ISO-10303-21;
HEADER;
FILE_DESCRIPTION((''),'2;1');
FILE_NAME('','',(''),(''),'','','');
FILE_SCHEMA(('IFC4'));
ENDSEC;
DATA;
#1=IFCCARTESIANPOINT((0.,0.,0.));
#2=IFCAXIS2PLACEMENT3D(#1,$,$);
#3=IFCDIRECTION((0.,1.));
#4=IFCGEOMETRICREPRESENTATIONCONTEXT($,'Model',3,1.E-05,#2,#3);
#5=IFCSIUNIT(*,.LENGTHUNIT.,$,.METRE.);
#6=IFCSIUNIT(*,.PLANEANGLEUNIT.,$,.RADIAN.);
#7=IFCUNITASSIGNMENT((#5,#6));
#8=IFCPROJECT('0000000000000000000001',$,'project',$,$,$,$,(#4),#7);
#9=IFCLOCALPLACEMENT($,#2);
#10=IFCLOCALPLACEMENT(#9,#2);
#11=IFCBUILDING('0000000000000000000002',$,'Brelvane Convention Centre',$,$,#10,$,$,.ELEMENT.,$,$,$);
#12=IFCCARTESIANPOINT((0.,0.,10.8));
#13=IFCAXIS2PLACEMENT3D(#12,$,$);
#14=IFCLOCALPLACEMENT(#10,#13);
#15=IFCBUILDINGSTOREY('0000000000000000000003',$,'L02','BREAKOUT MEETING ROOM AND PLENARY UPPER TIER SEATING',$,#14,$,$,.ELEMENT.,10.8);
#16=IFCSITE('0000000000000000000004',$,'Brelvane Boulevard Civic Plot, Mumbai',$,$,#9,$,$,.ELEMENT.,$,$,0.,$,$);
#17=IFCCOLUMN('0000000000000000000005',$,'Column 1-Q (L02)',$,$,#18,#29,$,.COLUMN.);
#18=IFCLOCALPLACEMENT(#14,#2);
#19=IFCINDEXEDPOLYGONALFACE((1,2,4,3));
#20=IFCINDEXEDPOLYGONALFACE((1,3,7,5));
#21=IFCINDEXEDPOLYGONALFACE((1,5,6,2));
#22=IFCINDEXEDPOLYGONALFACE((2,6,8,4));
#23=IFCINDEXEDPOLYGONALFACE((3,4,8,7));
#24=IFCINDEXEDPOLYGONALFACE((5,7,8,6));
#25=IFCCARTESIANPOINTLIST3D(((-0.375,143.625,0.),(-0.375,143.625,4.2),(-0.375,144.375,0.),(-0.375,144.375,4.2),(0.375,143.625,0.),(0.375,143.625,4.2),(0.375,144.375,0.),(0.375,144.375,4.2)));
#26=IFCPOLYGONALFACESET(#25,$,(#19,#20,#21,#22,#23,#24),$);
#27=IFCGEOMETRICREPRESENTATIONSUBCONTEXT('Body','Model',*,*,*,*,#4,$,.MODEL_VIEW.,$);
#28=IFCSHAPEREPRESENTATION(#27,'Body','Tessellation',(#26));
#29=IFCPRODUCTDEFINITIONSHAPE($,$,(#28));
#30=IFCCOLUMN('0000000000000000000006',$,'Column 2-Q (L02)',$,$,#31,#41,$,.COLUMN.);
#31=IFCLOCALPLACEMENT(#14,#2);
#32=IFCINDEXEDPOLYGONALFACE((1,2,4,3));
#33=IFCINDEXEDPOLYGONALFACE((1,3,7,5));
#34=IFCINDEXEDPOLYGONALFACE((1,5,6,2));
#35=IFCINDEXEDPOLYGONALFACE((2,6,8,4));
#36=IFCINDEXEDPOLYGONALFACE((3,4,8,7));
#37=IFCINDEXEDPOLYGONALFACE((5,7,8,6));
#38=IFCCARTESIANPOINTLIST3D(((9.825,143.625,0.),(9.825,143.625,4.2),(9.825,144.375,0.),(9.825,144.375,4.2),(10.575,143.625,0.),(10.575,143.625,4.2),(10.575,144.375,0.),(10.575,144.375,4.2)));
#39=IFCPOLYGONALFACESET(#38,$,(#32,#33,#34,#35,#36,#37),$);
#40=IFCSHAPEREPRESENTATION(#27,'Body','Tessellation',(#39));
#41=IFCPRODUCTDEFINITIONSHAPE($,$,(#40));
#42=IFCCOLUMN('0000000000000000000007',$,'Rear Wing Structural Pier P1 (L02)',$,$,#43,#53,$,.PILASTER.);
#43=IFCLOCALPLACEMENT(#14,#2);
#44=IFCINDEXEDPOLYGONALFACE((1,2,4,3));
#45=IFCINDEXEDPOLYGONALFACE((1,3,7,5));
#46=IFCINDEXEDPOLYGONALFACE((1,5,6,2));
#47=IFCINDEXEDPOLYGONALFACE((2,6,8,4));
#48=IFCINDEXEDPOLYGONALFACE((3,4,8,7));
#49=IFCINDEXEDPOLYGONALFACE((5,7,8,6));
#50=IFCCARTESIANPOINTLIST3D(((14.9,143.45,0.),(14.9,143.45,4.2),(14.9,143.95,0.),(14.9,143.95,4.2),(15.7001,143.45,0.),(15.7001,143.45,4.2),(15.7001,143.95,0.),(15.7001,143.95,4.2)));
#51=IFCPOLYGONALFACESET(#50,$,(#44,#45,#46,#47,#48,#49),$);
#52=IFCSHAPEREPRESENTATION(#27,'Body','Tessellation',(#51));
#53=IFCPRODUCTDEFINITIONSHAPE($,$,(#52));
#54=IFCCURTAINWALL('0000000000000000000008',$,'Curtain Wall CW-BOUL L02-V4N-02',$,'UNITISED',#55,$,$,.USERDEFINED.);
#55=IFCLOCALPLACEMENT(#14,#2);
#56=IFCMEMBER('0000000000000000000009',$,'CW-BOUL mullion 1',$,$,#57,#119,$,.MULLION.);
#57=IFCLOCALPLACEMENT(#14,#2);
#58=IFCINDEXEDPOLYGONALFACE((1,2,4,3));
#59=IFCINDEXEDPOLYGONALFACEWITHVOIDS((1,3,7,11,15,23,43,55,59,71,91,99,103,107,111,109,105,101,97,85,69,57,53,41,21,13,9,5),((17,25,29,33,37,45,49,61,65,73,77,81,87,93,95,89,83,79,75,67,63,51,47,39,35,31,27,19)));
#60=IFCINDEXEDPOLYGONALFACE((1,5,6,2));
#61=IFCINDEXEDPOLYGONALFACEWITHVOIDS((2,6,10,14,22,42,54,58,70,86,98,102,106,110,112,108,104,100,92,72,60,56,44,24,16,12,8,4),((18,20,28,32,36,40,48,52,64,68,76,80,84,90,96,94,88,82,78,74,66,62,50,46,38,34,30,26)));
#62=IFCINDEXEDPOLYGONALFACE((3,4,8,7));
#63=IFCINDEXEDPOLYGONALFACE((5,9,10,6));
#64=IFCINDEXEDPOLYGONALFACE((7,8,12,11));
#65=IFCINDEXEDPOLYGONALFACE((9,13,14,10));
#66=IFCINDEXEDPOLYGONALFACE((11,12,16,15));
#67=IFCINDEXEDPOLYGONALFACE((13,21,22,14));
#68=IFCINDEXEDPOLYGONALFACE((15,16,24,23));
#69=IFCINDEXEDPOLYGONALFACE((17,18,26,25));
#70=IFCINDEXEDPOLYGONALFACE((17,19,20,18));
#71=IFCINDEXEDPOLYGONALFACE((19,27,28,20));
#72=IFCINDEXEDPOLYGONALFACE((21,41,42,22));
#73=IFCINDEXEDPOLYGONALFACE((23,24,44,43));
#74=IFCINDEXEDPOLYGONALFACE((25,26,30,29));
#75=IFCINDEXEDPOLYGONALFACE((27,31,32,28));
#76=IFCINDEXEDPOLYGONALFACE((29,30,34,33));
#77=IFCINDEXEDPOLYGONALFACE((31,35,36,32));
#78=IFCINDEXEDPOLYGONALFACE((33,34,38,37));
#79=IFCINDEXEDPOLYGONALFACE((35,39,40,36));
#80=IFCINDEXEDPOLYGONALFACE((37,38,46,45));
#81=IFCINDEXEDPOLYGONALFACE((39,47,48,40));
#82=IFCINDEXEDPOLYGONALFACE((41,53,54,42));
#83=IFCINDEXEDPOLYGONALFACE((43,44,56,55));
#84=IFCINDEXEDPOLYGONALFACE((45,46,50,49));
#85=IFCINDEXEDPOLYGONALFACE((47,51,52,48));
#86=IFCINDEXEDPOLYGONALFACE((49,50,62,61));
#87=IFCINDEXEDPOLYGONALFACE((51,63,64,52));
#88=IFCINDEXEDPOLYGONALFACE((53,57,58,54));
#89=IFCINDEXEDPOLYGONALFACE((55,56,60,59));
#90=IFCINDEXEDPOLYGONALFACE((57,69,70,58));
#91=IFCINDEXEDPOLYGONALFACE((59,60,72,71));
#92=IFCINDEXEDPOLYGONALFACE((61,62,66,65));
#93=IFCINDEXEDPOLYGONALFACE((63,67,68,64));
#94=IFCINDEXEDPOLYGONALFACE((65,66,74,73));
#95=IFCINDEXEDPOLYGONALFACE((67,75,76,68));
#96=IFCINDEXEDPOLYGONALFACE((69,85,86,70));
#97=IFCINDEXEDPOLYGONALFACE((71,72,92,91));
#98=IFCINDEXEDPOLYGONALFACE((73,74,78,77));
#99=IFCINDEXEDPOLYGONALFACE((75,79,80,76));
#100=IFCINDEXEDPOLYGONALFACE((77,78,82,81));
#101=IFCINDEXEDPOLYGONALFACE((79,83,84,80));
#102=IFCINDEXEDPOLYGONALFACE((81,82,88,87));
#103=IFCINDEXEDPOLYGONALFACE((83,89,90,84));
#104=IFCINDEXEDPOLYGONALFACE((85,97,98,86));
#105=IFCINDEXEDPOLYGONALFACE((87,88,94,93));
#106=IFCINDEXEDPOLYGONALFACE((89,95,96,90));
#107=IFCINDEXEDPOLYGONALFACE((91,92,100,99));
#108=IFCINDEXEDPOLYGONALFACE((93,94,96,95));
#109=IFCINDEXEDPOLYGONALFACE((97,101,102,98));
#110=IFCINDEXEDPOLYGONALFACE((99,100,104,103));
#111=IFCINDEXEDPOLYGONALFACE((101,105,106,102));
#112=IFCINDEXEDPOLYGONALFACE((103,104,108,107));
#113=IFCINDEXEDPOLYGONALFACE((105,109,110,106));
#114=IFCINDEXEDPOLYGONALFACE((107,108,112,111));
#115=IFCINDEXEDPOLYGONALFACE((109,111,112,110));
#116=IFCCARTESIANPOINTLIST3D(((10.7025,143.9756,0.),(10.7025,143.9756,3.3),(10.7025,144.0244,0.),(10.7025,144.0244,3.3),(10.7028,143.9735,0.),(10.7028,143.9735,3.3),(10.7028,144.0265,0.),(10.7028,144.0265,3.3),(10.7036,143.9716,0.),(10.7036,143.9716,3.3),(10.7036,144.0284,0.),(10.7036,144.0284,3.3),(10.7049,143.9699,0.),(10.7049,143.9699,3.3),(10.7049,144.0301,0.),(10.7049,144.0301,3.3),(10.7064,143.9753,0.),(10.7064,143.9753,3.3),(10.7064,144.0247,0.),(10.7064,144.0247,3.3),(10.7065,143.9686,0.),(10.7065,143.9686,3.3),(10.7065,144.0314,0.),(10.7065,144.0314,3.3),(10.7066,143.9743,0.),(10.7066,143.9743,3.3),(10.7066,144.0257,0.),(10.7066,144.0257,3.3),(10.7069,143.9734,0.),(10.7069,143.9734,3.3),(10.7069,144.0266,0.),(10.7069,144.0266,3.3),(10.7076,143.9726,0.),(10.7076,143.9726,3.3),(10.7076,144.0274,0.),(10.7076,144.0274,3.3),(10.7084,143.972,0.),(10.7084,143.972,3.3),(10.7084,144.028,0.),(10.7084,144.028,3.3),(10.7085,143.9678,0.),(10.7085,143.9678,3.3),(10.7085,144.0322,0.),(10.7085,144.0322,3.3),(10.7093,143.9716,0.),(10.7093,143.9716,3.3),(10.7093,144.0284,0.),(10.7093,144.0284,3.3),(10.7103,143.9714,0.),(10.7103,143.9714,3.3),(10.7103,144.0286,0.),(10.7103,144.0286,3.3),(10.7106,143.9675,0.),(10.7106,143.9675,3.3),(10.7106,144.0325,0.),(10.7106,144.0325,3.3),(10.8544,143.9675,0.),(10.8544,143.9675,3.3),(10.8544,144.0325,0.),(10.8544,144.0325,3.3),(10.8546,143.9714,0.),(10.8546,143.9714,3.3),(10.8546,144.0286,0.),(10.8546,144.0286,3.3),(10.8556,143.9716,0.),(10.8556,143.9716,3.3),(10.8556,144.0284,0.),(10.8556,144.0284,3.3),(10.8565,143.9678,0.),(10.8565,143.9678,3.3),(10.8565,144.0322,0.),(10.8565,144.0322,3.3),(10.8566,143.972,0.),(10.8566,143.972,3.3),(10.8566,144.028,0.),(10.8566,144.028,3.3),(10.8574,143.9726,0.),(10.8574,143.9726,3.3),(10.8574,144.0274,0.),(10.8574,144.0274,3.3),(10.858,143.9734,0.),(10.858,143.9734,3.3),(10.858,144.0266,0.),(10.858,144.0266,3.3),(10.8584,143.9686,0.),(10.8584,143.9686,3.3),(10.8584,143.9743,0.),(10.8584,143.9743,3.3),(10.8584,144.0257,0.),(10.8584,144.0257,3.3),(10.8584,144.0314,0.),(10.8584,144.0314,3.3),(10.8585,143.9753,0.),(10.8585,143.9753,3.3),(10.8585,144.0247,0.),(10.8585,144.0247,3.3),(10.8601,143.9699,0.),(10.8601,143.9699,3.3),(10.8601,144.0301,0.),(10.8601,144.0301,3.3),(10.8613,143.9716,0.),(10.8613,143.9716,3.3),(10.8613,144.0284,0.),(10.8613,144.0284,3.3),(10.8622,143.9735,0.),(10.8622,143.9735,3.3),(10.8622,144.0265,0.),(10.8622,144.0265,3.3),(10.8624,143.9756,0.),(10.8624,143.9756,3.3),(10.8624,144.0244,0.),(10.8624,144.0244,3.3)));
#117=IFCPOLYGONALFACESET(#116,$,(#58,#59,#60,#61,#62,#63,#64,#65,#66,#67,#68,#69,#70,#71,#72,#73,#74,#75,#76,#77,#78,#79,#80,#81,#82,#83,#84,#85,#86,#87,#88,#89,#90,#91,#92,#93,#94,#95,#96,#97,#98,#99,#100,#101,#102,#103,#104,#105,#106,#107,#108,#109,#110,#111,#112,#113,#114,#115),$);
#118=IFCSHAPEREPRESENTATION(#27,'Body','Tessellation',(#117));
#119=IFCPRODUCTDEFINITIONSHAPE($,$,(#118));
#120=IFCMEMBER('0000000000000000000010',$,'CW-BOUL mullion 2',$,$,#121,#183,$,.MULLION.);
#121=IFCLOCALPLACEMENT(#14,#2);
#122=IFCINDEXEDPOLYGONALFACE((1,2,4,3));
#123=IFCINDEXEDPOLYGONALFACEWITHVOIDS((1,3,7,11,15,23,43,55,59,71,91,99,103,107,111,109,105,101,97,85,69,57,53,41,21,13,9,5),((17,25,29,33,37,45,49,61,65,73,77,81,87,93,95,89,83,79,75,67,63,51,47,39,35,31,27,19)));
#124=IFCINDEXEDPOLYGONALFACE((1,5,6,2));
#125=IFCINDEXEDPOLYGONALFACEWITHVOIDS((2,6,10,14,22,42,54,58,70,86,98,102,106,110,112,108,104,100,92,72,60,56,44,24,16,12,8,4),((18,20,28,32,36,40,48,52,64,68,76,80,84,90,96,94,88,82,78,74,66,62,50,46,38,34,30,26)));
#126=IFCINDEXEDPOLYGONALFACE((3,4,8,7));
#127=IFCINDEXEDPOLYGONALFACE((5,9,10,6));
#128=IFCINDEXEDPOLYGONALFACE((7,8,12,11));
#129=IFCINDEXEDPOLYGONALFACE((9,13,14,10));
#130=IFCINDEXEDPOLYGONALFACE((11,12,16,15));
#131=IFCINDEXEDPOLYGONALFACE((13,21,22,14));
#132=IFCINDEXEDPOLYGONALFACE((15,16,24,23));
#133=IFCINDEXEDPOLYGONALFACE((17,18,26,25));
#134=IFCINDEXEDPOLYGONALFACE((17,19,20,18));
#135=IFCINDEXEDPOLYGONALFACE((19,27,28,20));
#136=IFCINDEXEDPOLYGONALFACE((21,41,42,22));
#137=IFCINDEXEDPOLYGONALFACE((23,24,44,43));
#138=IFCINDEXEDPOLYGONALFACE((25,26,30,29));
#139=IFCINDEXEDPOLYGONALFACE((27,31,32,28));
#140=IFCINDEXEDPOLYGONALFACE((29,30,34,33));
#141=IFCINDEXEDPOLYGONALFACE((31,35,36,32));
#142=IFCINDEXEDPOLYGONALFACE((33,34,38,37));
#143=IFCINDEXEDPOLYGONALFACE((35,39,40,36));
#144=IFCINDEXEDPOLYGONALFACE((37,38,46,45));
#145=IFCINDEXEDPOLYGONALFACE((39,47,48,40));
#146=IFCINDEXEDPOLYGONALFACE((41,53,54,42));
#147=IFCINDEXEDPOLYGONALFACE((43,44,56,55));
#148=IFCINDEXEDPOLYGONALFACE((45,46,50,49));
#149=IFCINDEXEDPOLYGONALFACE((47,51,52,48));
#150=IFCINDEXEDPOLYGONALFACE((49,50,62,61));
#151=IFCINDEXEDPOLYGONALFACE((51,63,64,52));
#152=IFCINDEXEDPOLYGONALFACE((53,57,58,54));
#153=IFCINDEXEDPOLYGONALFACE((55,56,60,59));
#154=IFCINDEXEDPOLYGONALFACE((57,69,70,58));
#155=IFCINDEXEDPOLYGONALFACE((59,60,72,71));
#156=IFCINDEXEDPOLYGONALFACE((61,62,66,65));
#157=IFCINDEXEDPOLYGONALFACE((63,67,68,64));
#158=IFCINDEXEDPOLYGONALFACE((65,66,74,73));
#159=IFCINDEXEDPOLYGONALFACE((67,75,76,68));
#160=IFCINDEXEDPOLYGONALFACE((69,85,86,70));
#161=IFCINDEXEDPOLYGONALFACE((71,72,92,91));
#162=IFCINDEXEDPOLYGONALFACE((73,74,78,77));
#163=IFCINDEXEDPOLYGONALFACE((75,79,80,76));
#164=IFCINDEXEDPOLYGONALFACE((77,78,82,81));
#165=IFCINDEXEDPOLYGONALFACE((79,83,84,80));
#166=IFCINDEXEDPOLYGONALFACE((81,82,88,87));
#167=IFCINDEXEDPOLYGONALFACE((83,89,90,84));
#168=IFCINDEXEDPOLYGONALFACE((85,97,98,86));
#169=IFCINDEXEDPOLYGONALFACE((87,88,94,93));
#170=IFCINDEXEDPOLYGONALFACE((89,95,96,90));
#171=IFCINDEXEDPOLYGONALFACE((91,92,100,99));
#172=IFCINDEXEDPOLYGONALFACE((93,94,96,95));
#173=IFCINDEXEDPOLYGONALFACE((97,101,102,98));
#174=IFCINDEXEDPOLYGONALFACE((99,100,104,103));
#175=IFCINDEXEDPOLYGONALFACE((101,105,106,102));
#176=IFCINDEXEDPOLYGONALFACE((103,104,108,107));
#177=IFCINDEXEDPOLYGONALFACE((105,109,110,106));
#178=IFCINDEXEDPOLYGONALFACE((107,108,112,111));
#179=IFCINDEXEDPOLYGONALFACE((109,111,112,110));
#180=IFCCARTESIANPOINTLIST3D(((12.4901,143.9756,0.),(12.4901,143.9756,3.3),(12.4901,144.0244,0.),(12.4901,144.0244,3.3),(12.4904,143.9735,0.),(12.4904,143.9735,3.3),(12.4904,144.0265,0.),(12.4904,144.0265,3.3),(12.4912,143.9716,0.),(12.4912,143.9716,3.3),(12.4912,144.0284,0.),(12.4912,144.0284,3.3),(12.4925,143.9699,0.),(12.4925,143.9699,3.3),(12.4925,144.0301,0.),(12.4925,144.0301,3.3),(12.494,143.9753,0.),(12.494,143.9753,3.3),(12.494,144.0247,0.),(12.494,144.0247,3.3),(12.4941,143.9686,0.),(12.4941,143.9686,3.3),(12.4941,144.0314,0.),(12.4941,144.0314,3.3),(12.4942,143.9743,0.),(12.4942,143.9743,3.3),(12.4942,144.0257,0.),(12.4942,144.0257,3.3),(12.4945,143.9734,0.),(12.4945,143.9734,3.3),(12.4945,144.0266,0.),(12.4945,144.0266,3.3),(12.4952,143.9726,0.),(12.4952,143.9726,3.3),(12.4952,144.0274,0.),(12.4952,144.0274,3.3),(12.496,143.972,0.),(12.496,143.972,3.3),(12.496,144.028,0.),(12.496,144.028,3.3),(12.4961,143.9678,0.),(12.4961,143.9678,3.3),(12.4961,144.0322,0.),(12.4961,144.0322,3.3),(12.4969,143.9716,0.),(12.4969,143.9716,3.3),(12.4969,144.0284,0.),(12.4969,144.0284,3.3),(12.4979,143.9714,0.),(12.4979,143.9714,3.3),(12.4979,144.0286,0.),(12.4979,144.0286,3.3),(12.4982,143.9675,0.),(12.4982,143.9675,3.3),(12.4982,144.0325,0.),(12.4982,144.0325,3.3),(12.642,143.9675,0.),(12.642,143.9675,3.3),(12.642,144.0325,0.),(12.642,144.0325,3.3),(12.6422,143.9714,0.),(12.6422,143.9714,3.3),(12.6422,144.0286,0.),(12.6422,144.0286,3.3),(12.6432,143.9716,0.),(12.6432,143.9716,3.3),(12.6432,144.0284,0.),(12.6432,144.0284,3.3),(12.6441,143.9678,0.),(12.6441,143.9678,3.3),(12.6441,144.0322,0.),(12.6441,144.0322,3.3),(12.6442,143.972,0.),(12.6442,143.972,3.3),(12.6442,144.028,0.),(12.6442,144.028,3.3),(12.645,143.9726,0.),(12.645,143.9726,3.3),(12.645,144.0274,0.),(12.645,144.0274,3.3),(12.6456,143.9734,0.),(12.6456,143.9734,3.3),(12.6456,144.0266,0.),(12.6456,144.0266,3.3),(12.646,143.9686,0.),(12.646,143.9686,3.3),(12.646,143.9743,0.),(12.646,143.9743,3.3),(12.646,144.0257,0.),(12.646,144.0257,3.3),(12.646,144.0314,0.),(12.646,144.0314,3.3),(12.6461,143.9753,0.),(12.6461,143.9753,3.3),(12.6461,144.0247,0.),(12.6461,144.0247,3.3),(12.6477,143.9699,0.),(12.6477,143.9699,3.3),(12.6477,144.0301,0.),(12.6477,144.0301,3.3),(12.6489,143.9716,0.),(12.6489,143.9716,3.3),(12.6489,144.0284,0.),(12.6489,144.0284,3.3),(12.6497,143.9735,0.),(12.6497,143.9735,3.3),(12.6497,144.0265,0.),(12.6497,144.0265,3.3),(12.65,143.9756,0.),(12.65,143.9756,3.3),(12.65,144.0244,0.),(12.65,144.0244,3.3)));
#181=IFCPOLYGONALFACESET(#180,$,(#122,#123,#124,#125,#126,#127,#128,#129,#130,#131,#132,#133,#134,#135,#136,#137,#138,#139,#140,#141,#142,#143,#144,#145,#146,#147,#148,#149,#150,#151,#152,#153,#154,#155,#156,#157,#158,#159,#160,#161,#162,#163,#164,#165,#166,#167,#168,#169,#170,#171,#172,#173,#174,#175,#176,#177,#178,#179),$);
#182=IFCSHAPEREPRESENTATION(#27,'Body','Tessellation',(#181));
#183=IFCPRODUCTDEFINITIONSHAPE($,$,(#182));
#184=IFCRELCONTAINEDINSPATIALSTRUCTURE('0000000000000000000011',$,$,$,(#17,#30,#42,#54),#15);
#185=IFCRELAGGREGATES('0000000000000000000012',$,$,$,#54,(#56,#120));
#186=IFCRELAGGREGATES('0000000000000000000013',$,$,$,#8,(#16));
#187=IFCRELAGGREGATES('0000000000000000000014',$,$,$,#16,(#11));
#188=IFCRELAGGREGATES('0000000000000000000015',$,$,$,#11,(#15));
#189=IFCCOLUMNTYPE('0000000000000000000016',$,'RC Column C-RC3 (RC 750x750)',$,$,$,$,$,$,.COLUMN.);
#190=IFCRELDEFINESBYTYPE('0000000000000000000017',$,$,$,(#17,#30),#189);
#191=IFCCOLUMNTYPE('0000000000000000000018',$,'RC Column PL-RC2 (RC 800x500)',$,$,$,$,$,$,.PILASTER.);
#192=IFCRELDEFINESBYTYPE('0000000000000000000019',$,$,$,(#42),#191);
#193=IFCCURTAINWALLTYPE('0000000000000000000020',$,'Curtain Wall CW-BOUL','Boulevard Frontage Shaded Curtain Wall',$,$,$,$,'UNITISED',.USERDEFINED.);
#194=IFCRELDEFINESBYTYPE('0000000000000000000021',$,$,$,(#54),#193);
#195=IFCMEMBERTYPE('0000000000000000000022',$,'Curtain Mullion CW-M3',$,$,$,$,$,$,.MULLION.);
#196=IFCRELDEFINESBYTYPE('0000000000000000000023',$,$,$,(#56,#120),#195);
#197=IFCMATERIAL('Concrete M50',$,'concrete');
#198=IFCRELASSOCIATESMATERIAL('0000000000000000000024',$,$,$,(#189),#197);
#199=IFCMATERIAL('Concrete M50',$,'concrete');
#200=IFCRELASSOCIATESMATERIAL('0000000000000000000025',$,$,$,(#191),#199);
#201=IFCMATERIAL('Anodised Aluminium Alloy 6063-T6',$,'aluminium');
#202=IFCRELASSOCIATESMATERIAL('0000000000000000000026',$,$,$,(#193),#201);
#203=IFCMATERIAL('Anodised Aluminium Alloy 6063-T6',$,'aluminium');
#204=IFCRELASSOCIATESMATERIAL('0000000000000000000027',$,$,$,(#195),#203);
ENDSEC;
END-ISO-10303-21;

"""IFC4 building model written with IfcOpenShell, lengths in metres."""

from ifc_helpers import new_model, si_unit, direction, frame, origin, origin_2d, place, context, subcontext, project, spatial, rectangle, hollow_rectangle, extrude, material, material_profile, profile_set, type_object, element, aggregate, save


model = new_model("IFC4")

# Units and contexts
model_context = context("Model", 3, precision=1e-05, world=origin(), true_north=direction((0.0, 1.0)))
body_context = subcontext(model_context, "Body", "Model", "MODEL_VIEW")
ifc_project = project(units=[si_unit("LENGTHUNIT", "METRE"), si_unit("PLANEANGLEUNIT", "RADIAN")], contexts=[model_context])

# Site, building, storey
site_placement = place(None, origin())
site = spatial("IfcSite", under=ifc_project, at=site_placement, Name="Brelvane Boulevard Civic Plot, Mumbai", CompositionType="ELEMENT", RefElevation=0.0)
building_placement = place(site_placement, origin())
building = spatial("IfcBuilding", under=site, at=building_placement, Name="Brelvane Convention Centre", CompositionType="ELEMENT")
storey_placement = place(building_placement, frame((0.0, 0.0, 10.8)))
storey = spatial("IfcBuildingStorey", under=building, at=storey_placement, Name="L02", Description="BREAKOUT MEETING ROOM AND PLENARY UPPER TIER SEATING", CompositionType="ELEMENT", Elevation=10.8)

# Columns
ifc_material_1 = material(Name="Concrete M50", Category="concrete")
ifc_material_profile_1 = material_profile(ifc_material_1, rectangle(XDim=0.75, YDim=0.75, at=origin_2d()), Name="RC 750x750")
ifc_profile_set_1 = profile_set([ifc_material_profile_1], Name="Concrete M50")
column_type_1 = type_object("IfcColumnType", Name="RC Column C-RC3 (RC 750x750)", PredefinedType="COLUMN", material=ifc_profile_set_1)
for number, where, z_axis, x_axis, name in (
    (1, (0.0, 144.0, 0.0), (0.0, 0.0, 1.0), (1.0, 0.0, 0.0), "Column 1-Q (L02)"),
    (2, (10.2, 144.0, 0.0), (0.0, 0.0, 1.0), (1.0, 0.0, 0.0), "Column 2-Q (L02)"),
):
    element("IfcColumn", number, at=place(storey_placement, frame(where, z_axis=z_axis, x_axis=x_axis)), inside=storey, type_object=column_type_1, Name=name, PredefinedType="COLUMN", context=body_context, shape_type="SweptSolid", body=[
        extrude(rectangle(XDim=0.75, YDim=0.75, at=origin_2d()), origin(), (0.0, 0.0, 1.0), 4.2),
    ])
ifc_material_2 = material(Name="Concrete M50", Category="concrete")
ifc_material_profile_2 = material_profile(ifc_material_2, rectangle(XDim=0.8, YDim=0.5, at=origin_2d()), Name="RC 800x500")
ifc_profile_set_2 = profile_set([ifc_material_profile_2], Name="Concrete M50")
column_type_2 = type_object("IfcColumnType", Name="RC Column PL-RC2 (RC 800x500)", PredefinedType="PILASTER", material=ifc_profile_set_2)
column_placement = place(storey_placement, frame((15.3, 143.7, 0.0), z_axis=(0.0, 0.0, 1.0), x_axis=(1.0, 0.0, 0.0)))
element("IfcColumn", 3, at=column_placement, inside=storey, type_object=column_type_2, Name="Rear Wing Structural Pier P1 (L02)", PredefinedType="PILASTER", context=body_context, shape_type="SweptSolid", body=[
    extrude(rectangle(XDim=0.8, YDim=0.5, at=origin_2d()), origin(), (0.0, 0.0, 1.0), 4.2),
])

# Curtain wall, members
ifc_material_3 = material(Name="Anodised Aluminium Alloy 6063-T6", Category="aluminium")
curtain_wall_type = type_object("IfcCurtainWallType", Name="Curtain Wall CW-BOUL", Description="Boulevard Frontage Shaded Curtain Wall", ElementType="UNITISED", PredefinedType="USERDEFINED", material=ifc_material_3)
curtain_wall_placement = place(storey_placement, origin())
curtain_wall = element("IfcCurtainWall", 4, at=curtain_wall_placement, inside=storey, type_object=curtain_wall_type, Name="Curtain Wall CW-BOUL L02-V4N-02", ObjectType="UNITISED", PredefinedType="USERDEFINED")
ifc_material_4 = material(Name="Anodised Aluminium Alloy 6063-T6", Category="aluminium")
ifc_material_profile_3 = material_profile(ifc_material_4, hollow_rectangle(XDim=0.0649, YDim=0.1599, WallThickness=0.0039, InnerFilletRadius=0.0039, OuterFilletRadius=0.0081, at=origin_2d()), Name="ALU-M 160x65x4.0")
ifc_profile_set_3 = profile_set([ifc_material_profile_3], Name="Anodised Aluminium Alloy 6063-T6")
member_type_1 = type_object("IfcMemberType", Name="Curtain Mullion CW-M3", PredefinedType="MULLION", material=ifc_profile_set_3)
member_1_placement = place(storey_placement, frame((10.7825, 144.0, 0.0), z_axis=(0.0, 0.0, 1.0), x_axis=(0.0, 1.0, 0.0)))
member_1 = element("IfcMember", 5, at=member_1_placement, type_object=member_type_1, Name="CW-BOUL mullion 1", PredefinedType="MULLION", context=body_context, shape_type="SweptSolid", body=[
    extrude(hollow_rectangle(XDim=0.0649, YDim=0.1599, WallThickness=0.0039, InnerFilletRadius=0.0039, OuterFilletRadius=0.0081, at=origin_2d()), origin(), (0.0, 0.0, 1.0), 3.3),
])
member_2_placement = place(storey_placement, frame((12.5701, 144.0, 0.0), z_axis=(0.0, 0.0, 1.0), x_axis=(0.0, 1.0, 0.0)))
member_2 = element("IfcMember", 6, at=member_2_placement, type_object=member_type_1, Name="CW-BOUL mullion 2", PredefinedType="MULLION", context=body_context, shape_type="SweptSolid", body=[
    extrude(hollow_rectangle(XDim=0.0649, YDim=0.1599, WallThickness=0.0039, InnerFilletRadius=0.0039, OuterFilletRadius=0.0081, at=origin_2d()), origin(), (0.0, 0.0, 1.0), 3.3),
])

aggregate(curtain_wall, [member_1, member_2])

save(model, "model.ifc")
